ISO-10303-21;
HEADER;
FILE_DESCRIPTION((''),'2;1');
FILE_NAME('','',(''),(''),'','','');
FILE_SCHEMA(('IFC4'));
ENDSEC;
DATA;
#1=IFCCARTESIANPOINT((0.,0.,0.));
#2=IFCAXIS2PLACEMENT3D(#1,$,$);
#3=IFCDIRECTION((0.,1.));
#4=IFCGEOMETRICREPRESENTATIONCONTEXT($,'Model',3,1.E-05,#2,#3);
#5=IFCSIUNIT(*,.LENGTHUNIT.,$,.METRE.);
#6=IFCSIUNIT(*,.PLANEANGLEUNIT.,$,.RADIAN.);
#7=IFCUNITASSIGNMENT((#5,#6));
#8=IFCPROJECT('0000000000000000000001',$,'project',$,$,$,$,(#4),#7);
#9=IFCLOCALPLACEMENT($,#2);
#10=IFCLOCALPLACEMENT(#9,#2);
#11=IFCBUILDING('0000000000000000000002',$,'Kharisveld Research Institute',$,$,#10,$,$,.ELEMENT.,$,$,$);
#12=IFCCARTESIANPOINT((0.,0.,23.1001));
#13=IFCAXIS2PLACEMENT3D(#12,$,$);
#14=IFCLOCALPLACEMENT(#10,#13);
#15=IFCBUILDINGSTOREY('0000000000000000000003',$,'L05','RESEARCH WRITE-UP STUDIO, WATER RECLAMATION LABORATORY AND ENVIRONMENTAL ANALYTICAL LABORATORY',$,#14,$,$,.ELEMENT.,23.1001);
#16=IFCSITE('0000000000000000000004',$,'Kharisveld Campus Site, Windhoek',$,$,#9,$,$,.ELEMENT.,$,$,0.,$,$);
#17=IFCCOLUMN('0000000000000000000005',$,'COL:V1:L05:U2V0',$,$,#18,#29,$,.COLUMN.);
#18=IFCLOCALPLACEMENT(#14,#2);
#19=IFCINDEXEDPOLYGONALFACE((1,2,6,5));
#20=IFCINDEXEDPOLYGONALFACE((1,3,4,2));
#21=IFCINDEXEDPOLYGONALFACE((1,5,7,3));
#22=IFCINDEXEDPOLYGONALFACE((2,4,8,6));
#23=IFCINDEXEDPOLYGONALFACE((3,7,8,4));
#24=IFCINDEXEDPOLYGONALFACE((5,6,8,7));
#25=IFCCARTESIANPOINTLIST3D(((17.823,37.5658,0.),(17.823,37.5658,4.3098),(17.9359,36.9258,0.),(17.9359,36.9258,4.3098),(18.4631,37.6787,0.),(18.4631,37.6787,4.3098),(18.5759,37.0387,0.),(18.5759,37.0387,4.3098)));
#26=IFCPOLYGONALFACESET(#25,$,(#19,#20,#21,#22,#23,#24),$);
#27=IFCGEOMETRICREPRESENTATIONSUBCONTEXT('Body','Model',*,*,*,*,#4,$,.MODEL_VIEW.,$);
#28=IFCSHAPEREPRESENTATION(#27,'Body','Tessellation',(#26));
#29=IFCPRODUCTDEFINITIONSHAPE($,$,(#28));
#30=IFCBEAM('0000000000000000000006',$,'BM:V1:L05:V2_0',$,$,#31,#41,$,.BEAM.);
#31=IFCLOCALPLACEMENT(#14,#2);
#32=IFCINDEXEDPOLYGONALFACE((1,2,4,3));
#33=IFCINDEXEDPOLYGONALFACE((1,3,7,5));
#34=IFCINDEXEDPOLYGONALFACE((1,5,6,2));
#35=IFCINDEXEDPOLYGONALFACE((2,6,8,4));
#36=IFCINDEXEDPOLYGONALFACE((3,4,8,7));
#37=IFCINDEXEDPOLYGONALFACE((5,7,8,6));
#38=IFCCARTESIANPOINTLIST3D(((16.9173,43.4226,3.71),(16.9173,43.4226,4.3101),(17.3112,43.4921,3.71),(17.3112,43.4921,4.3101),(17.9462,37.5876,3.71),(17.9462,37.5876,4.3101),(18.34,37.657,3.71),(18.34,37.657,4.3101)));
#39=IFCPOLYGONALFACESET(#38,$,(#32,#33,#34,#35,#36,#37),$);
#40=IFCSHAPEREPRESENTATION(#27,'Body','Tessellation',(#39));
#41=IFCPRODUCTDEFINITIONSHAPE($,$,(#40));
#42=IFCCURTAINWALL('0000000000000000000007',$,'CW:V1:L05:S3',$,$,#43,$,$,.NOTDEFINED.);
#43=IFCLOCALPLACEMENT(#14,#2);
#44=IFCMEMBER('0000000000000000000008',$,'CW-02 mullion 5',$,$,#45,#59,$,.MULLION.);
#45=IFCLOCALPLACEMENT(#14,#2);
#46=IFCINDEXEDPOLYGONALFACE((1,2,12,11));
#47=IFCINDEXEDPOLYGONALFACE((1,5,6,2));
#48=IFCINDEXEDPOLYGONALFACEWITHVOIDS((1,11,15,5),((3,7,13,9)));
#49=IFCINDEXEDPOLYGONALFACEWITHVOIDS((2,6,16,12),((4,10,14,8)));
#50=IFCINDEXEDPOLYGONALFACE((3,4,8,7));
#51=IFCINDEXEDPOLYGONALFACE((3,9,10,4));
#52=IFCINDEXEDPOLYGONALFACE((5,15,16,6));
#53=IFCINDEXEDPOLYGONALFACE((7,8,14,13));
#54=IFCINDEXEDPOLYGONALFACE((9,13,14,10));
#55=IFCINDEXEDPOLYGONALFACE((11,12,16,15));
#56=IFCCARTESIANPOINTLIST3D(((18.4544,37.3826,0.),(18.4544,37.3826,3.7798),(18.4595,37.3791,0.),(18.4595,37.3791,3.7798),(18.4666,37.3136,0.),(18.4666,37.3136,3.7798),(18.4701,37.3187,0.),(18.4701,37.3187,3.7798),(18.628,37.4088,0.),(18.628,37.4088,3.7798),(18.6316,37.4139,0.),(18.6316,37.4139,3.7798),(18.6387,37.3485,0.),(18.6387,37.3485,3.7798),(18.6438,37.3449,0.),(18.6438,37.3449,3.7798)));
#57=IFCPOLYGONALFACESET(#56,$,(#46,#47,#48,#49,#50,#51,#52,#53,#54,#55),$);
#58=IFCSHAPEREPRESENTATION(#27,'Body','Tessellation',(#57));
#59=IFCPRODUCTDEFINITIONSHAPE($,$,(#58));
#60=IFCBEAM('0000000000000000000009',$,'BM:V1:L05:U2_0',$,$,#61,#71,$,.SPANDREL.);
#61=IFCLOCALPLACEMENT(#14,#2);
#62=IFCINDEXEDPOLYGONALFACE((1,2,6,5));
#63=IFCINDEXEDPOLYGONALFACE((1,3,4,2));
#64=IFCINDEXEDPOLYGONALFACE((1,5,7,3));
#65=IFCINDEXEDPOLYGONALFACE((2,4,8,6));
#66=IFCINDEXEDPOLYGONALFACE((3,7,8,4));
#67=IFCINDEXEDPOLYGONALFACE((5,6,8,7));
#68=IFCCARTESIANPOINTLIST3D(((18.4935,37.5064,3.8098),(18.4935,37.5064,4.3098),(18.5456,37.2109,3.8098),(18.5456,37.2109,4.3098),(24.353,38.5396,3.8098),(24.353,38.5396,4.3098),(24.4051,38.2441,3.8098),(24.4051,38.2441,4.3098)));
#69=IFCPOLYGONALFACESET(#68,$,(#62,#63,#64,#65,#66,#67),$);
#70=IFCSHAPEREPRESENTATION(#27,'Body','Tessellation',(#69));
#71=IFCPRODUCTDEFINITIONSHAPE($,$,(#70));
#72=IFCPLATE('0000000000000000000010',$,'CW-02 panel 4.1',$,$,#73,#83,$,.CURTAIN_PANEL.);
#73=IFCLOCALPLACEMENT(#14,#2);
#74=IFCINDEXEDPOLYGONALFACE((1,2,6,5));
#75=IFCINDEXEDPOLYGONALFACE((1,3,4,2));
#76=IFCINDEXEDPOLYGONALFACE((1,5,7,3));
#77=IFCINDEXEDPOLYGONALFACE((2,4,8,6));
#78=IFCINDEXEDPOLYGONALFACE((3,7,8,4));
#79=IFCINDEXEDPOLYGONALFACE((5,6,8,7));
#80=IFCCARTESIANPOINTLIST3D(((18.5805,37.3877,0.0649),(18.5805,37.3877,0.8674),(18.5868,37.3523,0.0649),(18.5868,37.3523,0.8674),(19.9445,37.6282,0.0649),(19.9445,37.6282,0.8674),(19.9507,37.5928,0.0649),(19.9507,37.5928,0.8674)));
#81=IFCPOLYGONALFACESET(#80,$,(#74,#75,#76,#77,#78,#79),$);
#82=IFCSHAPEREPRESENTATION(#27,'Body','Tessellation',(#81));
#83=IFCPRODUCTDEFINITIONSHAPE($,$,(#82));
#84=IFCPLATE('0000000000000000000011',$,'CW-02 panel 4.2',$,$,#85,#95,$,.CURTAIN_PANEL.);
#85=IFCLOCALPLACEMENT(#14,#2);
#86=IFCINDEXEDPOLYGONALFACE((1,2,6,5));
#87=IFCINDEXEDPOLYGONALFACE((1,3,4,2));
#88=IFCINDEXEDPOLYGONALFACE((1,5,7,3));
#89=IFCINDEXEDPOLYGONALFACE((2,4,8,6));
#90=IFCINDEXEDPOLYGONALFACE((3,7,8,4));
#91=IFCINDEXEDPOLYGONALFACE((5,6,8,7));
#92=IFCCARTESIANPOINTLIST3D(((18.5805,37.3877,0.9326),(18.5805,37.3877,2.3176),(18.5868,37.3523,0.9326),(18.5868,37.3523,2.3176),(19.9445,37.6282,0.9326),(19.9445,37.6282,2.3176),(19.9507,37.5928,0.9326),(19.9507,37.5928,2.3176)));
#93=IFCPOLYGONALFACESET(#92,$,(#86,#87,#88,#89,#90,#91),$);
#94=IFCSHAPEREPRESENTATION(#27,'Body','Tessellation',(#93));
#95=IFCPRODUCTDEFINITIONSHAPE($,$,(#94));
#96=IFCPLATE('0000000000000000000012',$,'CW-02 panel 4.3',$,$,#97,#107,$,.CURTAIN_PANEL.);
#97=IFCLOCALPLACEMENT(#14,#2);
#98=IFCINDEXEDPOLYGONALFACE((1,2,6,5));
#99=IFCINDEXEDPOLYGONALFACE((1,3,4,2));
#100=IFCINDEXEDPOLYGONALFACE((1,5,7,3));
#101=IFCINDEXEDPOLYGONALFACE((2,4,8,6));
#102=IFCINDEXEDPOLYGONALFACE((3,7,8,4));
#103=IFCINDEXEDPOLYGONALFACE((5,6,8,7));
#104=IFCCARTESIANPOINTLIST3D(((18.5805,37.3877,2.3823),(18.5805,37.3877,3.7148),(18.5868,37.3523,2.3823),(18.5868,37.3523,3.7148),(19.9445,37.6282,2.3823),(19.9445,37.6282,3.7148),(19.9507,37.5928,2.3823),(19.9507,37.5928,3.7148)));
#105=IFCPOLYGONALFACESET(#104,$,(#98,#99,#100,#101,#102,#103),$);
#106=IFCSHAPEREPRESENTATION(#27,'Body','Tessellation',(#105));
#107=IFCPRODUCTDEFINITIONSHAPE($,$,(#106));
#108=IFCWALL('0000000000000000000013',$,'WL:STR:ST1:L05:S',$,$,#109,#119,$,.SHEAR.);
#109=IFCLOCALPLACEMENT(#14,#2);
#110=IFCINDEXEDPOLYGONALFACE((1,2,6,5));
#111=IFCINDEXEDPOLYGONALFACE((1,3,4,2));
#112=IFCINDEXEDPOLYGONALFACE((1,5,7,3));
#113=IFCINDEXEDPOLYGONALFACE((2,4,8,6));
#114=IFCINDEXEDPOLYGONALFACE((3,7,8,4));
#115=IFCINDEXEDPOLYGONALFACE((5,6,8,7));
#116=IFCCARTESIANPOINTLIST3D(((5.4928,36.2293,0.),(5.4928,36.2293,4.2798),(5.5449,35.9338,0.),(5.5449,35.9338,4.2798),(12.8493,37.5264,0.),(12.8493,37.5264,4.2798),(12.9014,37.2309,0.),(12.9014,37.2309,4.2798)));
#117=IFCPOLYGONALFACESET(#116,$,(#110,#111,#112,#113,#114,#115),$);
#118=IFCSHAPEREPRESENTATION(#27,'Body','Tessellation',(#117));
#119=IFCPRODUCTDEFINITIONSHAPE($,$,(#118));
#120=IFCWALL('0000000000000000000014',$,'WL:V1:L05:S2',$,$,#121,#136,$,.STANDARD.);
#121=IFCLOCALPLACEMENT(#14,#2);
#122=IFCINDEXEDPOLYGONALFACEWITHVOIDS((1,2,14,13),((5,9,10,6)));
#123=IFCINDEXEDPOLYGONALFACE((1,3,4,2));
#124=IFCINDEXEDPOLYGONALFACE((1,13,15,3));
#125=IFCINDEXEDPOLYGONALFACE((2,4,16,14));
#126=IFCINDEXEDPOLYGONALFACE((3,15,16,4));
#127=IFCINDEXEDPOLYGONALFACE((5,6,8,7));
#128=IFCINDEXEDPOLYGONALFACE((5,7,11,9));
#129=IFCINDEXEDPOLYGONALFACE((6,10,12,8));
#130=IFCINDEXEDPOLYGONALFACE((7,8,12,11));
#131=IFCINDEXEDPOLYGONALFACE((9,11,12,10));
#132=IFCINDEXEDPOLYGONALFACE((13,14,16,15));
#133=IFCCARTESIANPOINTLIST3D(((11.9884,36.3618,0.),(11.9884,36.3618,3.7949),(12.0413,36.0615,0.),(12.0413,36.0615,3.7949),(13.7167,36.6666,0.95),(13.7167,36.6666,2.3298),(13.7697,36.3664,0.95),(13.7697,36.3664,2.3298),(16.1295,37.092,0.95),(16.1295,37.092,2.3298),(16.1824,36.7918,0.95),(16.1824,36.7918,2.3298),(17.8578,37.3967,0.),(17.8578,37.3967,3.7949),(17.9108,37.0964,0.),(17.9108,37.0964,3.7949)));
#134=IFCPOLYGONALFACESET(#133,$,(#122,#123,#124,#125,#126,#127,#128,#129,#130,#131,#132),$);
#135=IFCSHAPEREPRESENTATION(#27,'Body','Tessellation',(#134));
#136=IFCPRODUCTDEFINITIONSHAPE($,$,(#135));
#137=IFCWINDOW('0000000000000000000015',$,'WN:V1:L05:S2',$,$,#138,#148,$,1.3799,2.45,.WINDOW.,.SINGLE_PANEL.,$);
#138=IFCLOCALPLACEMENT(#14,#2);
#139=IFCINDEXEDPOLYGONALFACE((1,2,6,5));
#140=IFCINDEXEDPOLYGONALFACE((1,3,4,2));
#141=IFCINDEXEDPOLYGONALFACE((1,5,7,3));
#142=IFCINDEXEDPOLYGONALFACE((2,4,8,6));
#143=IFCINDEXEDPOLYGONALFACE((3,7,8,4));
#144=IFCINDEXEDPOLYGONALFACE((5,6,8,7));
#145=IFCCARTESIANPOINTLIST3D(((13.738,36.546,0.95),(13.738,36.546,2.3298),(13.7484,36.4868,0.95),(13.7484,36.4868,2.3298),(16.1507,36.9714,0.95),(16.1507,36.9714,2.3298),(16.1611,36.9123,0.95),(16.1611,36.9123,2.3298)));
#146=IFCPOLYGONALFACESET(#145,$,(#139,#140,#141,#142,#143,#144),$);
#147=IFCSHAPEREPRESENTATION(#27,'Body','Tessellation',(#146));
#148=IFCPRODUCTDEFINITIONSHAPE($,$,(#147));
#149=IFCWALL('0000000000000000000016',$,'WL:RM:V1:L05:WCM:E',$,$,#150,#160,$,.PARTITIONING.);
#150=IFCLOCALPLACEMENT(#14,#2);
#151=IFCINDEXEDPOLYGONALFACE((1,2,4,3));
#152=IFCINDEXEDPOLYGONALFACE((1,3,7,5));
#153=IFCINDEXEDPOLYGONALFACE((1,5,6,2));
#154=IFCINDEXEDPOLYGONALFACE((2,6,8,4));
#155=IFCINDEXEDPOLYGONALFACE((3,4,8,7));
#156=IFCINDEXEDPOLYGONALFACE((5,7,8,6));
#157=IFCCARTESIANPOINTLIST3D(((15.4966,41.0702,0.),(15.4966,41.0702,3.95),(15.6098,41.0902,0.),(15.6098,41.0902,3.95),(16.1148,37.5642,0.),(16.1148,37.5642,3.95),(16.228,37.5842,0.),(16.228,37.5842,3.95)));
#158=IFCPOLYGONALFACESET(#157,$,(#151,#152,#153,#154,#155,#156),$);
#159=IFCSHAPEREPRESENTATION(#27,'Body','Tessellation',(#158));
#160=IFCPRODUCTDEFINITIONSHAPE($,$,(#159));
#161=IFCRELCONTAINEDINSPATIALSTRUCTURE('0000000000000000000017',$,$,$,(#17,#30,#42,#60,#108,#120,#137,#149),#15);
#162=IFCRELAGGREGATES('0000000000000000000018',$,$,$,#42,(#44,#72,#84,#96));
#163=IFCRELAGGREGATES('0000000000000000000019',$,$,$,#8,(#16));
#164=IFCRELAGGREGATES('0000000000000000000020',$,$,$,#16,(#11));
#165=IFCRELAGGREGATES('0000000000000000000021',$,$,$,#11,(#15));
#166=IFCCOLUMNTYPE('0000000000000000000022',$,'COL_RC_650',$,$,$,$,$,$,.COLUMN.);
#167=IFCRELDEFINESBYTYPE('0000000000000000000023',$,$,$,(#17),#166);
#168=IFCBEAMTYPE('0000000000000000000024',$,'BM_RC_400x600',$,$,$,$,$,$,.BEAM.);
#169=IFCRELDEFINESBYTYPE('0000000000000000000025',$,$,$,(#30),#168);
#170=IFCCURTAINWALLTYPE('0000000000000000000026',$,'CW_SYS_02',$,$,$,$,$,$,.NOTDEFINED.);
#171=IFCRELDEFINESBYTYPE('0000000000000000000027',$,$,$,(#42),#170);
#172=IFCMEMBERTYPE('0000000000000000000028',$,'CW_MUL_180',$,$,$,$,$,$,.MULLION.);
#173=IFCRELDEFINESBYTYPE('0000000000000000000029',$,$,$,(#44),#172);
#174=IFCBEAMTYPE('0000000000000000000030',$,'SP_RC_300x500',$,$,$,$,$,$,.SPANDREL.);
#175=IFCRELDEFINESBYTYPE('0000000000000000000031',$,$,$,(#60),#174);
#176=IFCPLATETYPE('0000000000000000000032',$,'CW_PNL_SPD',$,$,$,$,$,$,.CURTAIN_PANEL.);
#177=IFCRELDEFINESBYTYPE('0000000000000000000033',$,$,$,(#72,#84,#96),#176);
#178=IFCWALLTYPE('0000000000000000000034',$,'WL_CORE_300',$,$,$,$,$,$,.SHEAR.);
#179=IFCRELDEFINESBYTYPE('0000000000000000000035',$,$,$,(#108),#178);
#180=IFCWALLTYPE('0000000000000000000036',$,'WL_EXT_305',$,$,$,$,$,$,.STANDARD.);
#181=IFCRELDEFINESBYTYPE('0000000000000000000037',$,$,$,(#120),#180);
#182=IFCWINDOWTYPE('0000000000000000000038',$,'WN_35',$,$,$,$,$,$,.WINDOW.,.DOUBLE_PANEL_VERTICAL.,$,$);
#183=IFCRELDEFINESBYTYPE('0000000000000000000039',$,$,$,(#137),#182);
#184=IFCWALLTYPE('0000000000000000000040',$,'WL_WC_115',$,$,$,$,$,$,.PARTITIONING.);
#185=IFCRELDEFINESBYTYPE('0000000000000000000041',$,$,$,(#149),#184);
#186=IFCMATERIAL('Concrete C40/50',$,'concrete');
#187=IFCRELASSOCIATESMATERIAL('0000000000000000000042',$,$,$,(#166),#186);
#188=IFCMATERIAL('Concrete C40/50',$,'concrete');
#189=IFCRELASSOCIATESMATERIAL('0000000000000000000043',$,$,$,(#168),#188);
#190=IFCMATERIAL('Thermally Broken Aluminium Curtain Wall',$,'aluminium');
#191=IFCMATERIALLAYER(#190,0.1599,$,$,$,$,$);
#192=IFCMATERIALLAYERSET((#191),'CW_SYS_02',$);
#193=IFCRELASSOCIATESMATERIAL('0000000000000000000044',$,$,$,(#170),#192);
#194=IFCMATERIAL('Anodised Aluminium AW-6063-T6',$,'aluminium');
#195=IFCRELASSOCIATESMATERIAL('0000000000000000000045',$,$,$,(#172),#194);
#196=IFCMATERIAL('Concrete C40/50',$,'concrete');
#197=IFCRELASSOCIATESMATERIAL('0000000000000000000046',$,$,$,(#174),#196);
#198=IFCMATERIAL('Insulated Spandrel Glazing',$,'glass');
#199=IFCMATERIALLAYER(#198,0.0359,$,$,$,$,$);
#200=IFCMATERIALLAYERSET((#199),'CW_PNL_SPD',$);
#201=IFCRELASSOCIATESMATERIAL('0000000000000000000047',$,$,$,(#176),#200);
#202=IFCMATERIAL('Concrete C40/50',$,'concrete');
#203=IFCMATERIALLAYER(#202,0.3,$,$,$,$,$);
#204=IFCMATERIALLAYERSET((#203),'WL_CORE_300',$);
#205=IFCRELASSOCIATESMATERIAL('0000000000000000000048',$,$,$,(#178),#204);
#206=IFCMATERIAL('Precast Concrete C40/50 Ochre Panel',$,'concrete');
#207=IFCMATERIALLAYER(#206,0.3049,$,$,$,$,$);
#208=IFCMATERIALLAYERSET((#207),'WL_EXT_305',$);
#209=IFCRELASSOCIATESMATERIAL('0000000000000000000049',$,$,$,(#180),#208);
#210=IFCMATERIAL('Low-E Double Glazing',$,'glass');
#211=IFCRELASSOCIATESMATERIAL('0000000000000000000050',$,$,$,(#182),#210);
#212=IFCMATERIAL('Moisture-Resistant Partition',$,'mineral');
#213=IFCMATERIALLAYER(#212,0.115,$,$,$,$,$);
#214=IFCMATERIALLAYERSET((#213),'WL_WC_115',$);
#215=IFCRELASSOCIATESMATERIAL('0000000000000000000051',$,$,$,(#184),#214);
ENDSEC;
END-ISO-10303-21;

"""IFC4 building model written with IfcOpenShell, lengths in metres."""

from ifc_helpers import new_model, si_unit, direction, frame, frame_2d, origin, origin_2d, place, context, subcontext, project, spatial, rectangle, hollow_rectangle, extrude, material, layer, layer_set, material_profile, profile_set, type_object, element, fill, aggregate, save


model = new_model("IFC4")

# Units and contexts
model_context = context("Model", 3, precision=1e-05, world=origin(), true_north=direction((0.0, 1.0)))
body_context = subcontext(model_context, "Body", "Model", "MODEL_VIEW")
ifc_project = project(units=[si_unit("LENGTHUNIT", "METRE"), si_unit("PLANEANGLEUNIT", "RADIAN")], contexts=[model_context])

# Site, building, storey
site_placement = place(None, origin())
site = spatial("IfcSite", under=ifc_project, at=site_placement, Name="Kharisveld Campus Site, Windhoek", CompositionType="ELEMENT", RefElevation=0.0)
building_placement = place(site_placement, origin())
building = spatial("IfcBuilding", under=site, at=building_placement, Name="Kharisveld Research Institute", CompositionType="ELEMENT")
storey_placement = place(building_placement, frame((0.0, 0.0, 23.1001)))
storey = spatial("IfcBuildingStorey", under=building, at=storey_placement, Name="L05", Description="RESEARCH WRITE-UP STUDIO, WATER RECLAMATION LABORATORY AND ENVIRONMENTAL ANALYTICAL LABORATORY", CompositionType="ELEMENT", Elevation=23.1001)

# Column
ifc_material_1 = material(Name="Concrete C40/50", Category="concrete")
ifc_material_profile_1 = material_profile(ifc_material_1, rectangle(XDim=0.6499, YDim=0.6499, at=origin_2d()))
ifc_profile_set_1 = profile_set([ifc_material_profile_1], Name="Concrete C40/50")
column_type = type_object("IfcColumnType", Name="COL_RC_650", PredefinedType="COLUMN", material=ifc_profile_set_1)
column_placement = place(storey_placement, frame((18.1995, 37.3022, 0.0), z_axis=(0.0, 0.0, 1.0), x_axis=(0.984808, 0.173648, 0.0)))
element("IfcColumn", 1, at=column_placement, inside=storey, type_object=column_type, Name="COL:V1:L05:U2V0", PredefinedType="COLUMN", context=body_context, shape_type="SweptSolid", body=[
    extrude(rectangle(XDim=0.6499, YDim=0.6499, at=origin_2d()), origin(), (0.0, 0.0, 1.0), 4.3098),
])

# Beam
ifc_material_2 = material(Name="Concrete C40/50", Category="concrete")
ifc_material_profile_2 = material_profile(ifc_material_2, rectangle(XDim=0.3999, YDim=0.6001, at=origin_2d()))
ifc_profile_set_2 = profile_set([ifc_material_profile_2], Name="Concrete C40/50")
beam_type_1 = type_object("IfcBeamType", Name="BM_RC_400x600", PredefinedType="BEAM", material=ifc_profile_set_2)
beam_1_placement = place(storey_placement, frame((18.1431, 37.6223, 4.01), z_axis=(-0.17364, 0.984809, 0.0), x_axis=(-0.984809, -0.17364, 0.0)))
element("IfcBeam", 2, at=beam_1_placement, inside=storey, type_object=beam_type_1, Name="BM:V1:L05:V2_0", PredefinedType="BEAM", context=body_context, shape_type="SweptSolid", body=[
    extrude(rectangle(XDim=0.3999, YDim=0.6001, at=origin_2d()), origin(), (0.0, 0.0, 1.0), 5.925),
])

# Curtain wall, member
ifc_material_3 = material(Name="Thermally Broken Aluminium Curtain Wall", Category="aluminium")
ifc_layer_1 = layer(ifc_material_3, 0.1599)
ifc_layer_set_1 = layer_set([ifc_layer_1], Name="CW_SYS_02")
curtain_wall_type = type_object("IfcCurtainWallType", Name="CW_SYS_02", PredefinedType="NOTDEFINED", material=ifc_layer_set_1)
curtain_wall_placement = place(storey_placement, origin())
curtain_wall = element("IfcCurtainWall", 3, at=curtain_wall_placement, inside=storey, type_object=curtain_wall_type, Name="CW:V1:L05:S3", PredefinedType="NOTDEFINED")
ifc_material_4 = material(Name="Anodised Aluminium AW-6063-T6", Category="aluminium")
ifc_material_profile_3 = material_profile(ifc_material_4, hollow_rectangle(XDim=0.0701, YDim=0.1799, WallThickness=0.0044, at=origin_2d()))
ifc_profile_set_3 = profile_set([ifc_material_profile_3], Name="Anodised Aluminium AW-6063-T6")
member_type = type_object("IfcMemberType", Name="CW_MUL_180", PredefinedType="MULLION", material=ifc_profile_set_3)
member_placement = place(storey_placement, frame((18.5491, 37.3638, 0.0), z_axis=(0.0, 0.0, 1.0), x_axis=(0.173648, -0.984808, 0.0)))
member = element("IfcMember", 4, at=member_placement, type_object=member_type, Name="CW-02 mullion 5", PredefinedType="MULLION", context=body_context, shape_type="SweptSolid", body=[
    extrude(hollow_rectangle(XDim=0.0701, YDim=0.1799, WallThickness=0.0044, at=origin_2d()), origin(), (0.0, 0.0, 1.0), 3.7798),
])

# Beam
ifc_material_5 = material(Name="Concrete C40/50", Category="concrete")
ifc_material_profile_4 = material_profile(ifc_material_5, rectangle(XDim=0.3, YDim=0.5, at=origin_2d()))
ifc_profile_set_4 = profile_set([ifc_material_profile_4], Name="Concrete C40/50")
beam_type_2 = type_object("IfcBeamType", Name="SP_RC_300x500", PredefinedType="SPANDREL", material=ifc_profile_set_4)
beam_2_placement = place(storey_placement, frame((18.5195, 37.3586, 4.0598), z_axis=(0.984808, 0.173647, 0.0), x_axis=(-0.173647, 0.984808, 0.0)))
element("IfcBeam", 5, at=beam_2_placement, inside=storey, type_object=beam_type_2, Name="BM:V1:L05:U2_0", PredefinedType="SPANDREL", context=body_context, shape_type="SweptSolid", body=[
    extrude(rectangle(XDim=0.3, YDim=0.5, at=origin_2d()), origin(), (0.0, 0.0, 1.0), 5.95),
])

# Plates
ifc_material_6 = material(Name="Insulated Spandrel Glazing", Category="glass")
ifc_layer_2 = layer(ifc_material_6, 0.0359)
ifc_layer_set_2 = layer_set([ifc_layer_2], Name="CW_PNL_SPD")
plate_type = type_object("IfcPlateType", Name="CW_PNL_SPD", PredefinedType="CURTAIN_PANEL", material=ifc_layer_set_2)
plate_1_placement = place(storey_placement, frame((19.2656, 37.4902, 0.0649), z_axis=(0.0, 0.0, 1.0), x_axis=(-0.984808, -0.173648, 0.0)))
plate_1 = element("IfcPlate", 6, at=plate_1_placement, type_object=plate_type, Name="CW-02 panel 4.1", PredefinedType="CURTAIN_PANEL", context=body_context, shape_type="SweptSolid", body=[
    extrude(rectangle(XDim=1.385, YDim=0.0359, at=origin_2d()), origin(), (0.0, 0.0, 1.0), 0.8025),
])
plate_2_placement = place(storey_placement, frame((19.2656, 37.4902, 0.9326), z_axis=(0.0, 0.0, 1.0), x_axis=(-0.984808, -0.173648, 0.0)))
plate_2 = element("IfcPlate", 7, at=plate_2_placement, type_object=plate_type, Name="CW-02 panel 4.2", PredefinedType="CURTAIN_PANEL", context=body_context, shape_type="SweptSolid", body=[
    extrude(rectangle(XDim=1.385, YDim=0.0359, at=origin_2d()), origin(), (0.0, 0.0, 1.0), 1.385),
])
plate_3_placement = place(storey_placement, frame((19.2656, 37.4902, 2.3823), z_axis=(0.0, 0.0, 1.0), x_axis=(-0.984808, -0.173648, 0.0)))
plate_3 = element("IfcPlate", 8, at=plate_3_placement, type_object=plate_type, Name="CW-02 panel 4.3", PredefinedType="CURTAIN_PANEL", context=body_context, shape_type="SweptSolid", body=[
    extrude(rectangle(XDim=1.385, YDim=0.0359, at=origin_2d()), origin(), (0.0, 0.0, 1.0), 1.3325),
])
aggregate(curtain_wall, [member, plate_1, plate_2, plate_3])

# Wall
ifc_material_7 = material(Name="Concrete C40/50", Category="concrete")
ifc_layer_3 = layer(ifc_material_7, 0.3)
ifc_layer_set_3 = layer_set([ifc_layer_3], Name="WL_CORE_300")
wall_type_1 = type_object("IfcWallType", Name="WL_CORE_300", PredefinedType="SHEAR", material=ifc_layer_set_3)
wall_1_placement = place(storey_placement, frame((12.8752, 37.3787, 0.0), z_axis=(0.0, 0.0, 1.0), x_axis=(-0.984808, -0.173645, 0.0)))
element("IfcWall", 9, at=wall_1_placement, inside=storey, type_object=wall_type_1, Name="WL:STR:ST1:L05:S", PredefinedType="SHEAR", context=body_context, shape_type="SweptSolid", body=[
    extrude(rectangle(XDim=7.47, YDim=0.3, at=frame_2d((3.7349, 0.0))), origin(), (0.0, 0.0, 1.0), 4.2798),
])

# Wall, opening, window
ifc_material_8 = material(Name="Precast Concrete C40/50 Ochre Panel", Category="concrete")
ifc_layer_4 = layer(ifc_material_8, 0.3049)
ifc_layer_set_4 = layer_set([ifc_layer_4], Name="WL_EXT_305")
wall_type_2 = type_object("IfcWallType", Name="WL_EXT_305", PredefinedType="STANDARD", material=ifc_layer_set_4)
wall_2_placement = place(storey_placement, frame((17.8843, 37.2466, 0.0), z_axis=(0.0, 0.0, 1.0), x_axis=(-0.984808, -0.173645, 0.0)))
wall_2 = element("IfcWall", 10, at=wall_2_placement, inside=storey, type_object=wall_type_2, Name="WL:V1:L05:S2", PredefinedType="STANDARD", context=body_context, shape_type="SweptSolid", body=[
    extrude(rectangle(XDim=5.96, YDim=0.3049, at=frame_2d((2.98, 0.0))), origin(), (0.0, 0.0, 1.0), 3.7949),
])
opening_placement = place(wall_2_placement, frame((1.7549, 0.0, 0.95)))
opening = element("IfcOpeningElement", 11, at=opening_placement, cuts=wall_2, PredefinedType="OPENING", context=body_context, shape_type="SweptSolid", body=[
    extrude(rectangle(XDim=2.45, YDim=1.3799, at=frame_2d((1.2251, 0.6899))), frame((0.0, 0.1523, 0.0), z_axis=(0.0, -1.0, 0.0), x_axis=(1.0, 0.0, 0.0)), (0.0, 0.0, 1.0), 0.3049),
])
ifc_material_9 = material(Name="Low-E Double Glazing", Category="glass")
window_type = type_object("IfcWindowType", Name="WN_35", PartitioningType="DOUBLE_PANEL_VERTICAL", PredefinedType="WINDOW", material=ifc_material_9)
window_placement = place(opening_placement, origin())
window = element("IfcWindow", 12, at=window_placement, inside=storey, type_object=window_type, Name="WN:V1:L05:S2", OverallHeight=1.3799, OverallWidth=2.45, PartitioningType="SINGLE_PANEL", PredefinedType="WINDOW", context=body_context, shape_type="SweptSolid", body=[
    extrude(rectangle(XDim=2.45, YDim=1.3799, at=frame_2d((1.2251, 0.6899))), frame((0.0, 0.03, 0.0), z_axis=(0.0, -1.0, 0.0), x_axis=(1.0, 0.0, 0.0)), (0.0, 0.0, 1.0), 0.0601),
])
fill(opening, window)

# Wall
ifc_material_10 = material(Name="Moisture-Resistant Partition", Category="mineral")
ifc_layer_5 = layer(ifc_material_10, 0.115)
ifc_layer_set_5 = layer_set([ifc_layer_5], Name="WL_WC_115")
wall_type_3 = type_object("IfcWallType", Name="WL_WC_115", PredefinedType="PARTITIONING", material=ifc_layer_set_5)
wall_3_placement = place(storey_placement, frame((16.1714, 37.5742, 0.0), z_axis=(0.0, 0.0, 1.0), x_axis=(-0.173644, 0.984808, 0.0)))
element("IfcWall", 13, at=wall_3_placement, inside=storey, type_object=wall_type_3, Name="WL:RM:V1:L05:WCM:E", PredefinedType="PARTITIONING", context=body_context, shape_type="SweptSolid", body=[
    extrude(rectangle(XDim=3.5601, YDim=0.115, at=frame_2d((1.78, 0.0))), origin(), (0.0, 0.0, 1.0), 3.95),
])

save(model, "model.ifc")
